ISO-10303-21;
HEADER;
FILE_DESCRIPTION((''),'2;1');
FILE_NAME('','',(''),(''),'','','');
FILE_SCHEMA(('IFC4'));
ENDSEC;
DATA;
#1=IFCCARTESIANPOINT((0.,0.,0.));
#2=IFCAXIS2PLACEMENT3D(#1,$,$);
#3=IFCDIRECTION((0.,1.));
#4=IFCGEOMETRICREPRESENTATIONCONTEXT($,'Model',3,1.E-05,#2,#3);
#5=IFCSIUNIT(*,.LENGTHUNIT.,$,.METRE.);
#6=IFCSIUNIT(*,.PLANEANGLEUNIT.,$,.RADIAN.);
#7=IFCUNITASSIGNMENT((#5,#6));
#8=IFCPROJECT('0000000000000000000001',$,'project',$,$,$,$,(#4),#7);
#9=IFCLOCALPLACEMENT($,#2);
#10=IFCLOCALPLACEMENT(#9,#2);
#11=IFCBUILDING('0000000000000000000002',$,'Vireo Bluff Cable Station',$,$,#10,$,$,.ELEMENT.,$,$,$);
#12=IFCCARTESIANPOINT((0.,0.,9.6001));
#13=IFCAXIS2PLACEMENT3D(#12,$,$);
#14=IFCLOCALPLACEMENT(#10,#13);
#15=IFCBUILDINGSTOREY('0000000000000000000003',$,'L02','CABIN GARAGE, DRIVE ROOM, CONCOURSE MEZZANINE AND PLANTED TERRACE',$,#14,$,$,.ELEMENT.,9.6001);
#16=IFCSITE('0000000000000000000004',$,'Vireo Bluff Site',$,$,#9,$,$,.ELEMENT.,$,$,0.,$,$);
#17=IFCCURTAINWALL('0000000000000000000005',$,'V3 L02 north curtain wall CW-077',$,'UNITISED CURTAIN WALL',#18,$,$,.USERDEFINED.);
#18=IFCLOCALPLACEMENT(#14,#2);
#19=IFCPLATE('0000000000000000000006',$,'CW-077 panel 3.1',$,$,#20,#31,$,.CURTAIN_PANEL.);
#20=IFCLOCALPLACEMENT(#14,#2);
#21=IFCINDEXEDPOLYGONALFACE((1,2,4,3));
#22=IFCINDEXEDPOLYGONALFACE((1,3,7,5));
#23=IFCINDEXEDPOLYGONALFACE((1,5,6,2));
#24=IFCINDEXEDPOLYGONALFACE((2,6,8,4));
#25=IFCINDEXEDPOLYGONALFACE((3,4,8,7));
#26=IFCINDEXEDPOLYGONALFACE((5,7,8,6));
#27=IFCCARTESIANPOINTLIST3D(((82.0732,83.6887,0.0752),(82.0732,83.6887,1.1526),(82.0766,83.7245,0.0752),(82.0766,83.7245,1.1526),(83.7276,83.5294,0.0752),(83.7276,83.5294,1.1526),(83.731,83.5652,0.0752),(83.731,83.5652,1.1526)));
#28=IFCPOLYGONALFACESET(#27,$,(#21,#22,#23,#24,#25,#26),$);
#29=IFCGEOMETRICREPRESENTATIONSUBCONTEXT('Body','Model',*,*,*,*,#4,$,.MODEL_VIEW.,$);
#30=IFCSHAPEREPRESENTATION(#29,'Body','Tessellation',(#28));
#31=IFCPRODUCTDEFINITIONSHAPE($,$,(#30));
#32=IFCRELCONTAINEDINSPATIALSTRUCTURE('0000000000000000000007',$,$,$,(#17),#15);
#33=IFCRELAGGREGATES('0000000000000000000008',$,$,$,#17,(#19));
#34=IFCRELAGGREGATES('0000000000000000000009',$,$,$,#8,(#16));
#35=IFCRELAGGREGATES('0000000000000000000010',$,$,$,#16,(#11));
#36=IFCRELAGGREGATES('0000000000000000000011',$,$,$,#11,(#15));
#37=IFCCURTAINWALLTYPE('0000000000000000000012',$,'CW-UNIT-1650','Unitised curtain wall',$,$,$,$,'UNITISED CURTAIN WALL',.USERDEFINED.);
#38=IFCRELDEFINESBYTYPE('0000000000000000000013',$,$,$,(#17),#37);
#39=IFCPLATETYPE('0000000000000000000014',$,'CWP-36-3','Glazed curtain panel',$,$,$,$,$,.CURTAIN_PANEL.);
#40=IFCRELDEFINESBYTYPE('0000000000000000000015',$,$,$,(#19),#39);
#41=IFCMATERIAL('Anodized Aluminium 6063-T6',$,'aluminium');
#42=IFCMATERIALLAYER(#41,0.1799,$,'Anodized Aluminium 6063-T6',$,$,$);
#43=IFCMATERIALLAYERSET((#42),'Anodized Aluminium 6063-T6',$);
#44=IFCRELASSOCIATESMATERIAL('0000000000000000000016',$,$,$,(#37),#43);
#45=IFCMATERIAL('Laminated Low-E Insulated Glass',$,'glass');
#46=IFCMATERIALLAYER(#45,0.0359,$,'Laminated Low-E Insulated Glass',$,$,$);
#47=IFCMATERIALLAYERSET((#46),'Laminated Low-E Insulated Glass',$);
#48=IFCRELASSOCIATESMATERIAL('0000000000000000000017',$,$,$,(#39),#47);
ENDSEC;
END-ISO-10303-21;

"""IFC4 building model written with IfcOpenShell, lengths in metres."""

from ifc_helpers import new_model, si_unit, direction, frame, origin, origin_2d, place, context, subcontext, project, spatial, rectangle, extrude, material, layer, layer_set, type_object, element, aggregate, save


model = new_model("IFC4")

# Units and contexts
model_context = context("Model", 3, precision=1e-05, world=origin(), true_north=direction((0.0, 1.0)))
body_context = subcontext(model_context, "Body", "Model", "MODEL_VIEW")
ifc_project = project(units=[si_unit("LENGTHUNIT", "METRE"), si_unit("PLANEANGLEUNIT", "RADIAN")], contexts=[model_context])

# Site, building, storey
site_placement = place(None, origin())
site = spatial("IfcSite", under=ifc_project, at=site_placement, Name="Vireo Bluff Site", CompositionType="ELEMENT", RefElevation=0.0)
building_placement = place(site_placement, origin())
building = spatial("IfcBuilding", under=site, at=building_placement, Name="Vireo Bluff Cable Station", CompositionType="ELEMENT")
storey_placement = place(building_placement, frame((0.0, 0.0, 9.6001)))
storey = spatial("IfcBuildingStorey", under=building, at=storey_placement, Name="L02", Description="CABIN GARAGE, DRIVE ROOM, CONCOURSE MEZZANINE AND PLANTED TERRACE", CompositionType="ELEMENT", Elevation=9.6001)

# Curtain wall
ifc_material_1 = material(Name="Anodized Aluminium 6063-T6", Category="aluminium")
ifc_layer_1 = layer(ifc_material_1, 0.1799, Name="Anodized Aluminium 6063-T6")
ifc_layer_set_1 = layer_set([ifc_layer_1], Name="Anodized Aluminium 6063-T6")
curtain_wall_type = type_object("IfcCurtainWallType", Name="CW-UNIT-1650", Description="Unitised curtain wall", ElementType="UNITISED CURTAIN WALL", PredefinedType="USERDEFINED", material=ifc_layer_set_1)
curtain_wall_placement = place(storey_placement, origin())
curtain_wall = element("IfcCurtainWall", 1, at=curtain_wall_placement, inside=storey, type_object=curtain_wall_type, Name="V3 L02 north curtain wall CW-077", ObjectType="UNITISED CURTAIN WALL", PredefinedType="USERDEFINED")

# Plate
ifc_material_2 = material(Name="Laminated Low-E Insulated Glass", Category="glass")
ifc_layer_2 = layer(ifc_material_2, 0.0359, Name="Laminated Low-E Insulated Glass")
ifc_layer_set_2 = layer_set([ifc_layer_2], Name="Laminated Low-E Insulated Glass")
plate_type = type_object("IfcPlateType", Name="CWP-36-3", Description="Glazed curtain panel", PredefinedType="CURTAIN_PANEL", material=ifc_layer_set_2)
plate_1_placement = place(storey_placement, frame((82.9021, 83.627, 0.0752), z_axis=(0.0, 0.0, 1.0), x_axis=(0.995396, -0.095846, 0.0)))
plate_1 = element("IfcPlate", 2, at=plate_1_placement, type_object=plate_type, Name="CW-077 panel 3.1", PredefinedType="CURTAIN_PANEL", context=body_context, shape_type="SweptSolid", body=[
    extrude(rectangle(XDim=1.6621, YDim=0.0359, at=origin_2d()), origin(), (0.0, 0.0, 1.0), 1.0774),
])
aggregate(curtain_wall, [plate_1])

save(model, "model.ifc")
